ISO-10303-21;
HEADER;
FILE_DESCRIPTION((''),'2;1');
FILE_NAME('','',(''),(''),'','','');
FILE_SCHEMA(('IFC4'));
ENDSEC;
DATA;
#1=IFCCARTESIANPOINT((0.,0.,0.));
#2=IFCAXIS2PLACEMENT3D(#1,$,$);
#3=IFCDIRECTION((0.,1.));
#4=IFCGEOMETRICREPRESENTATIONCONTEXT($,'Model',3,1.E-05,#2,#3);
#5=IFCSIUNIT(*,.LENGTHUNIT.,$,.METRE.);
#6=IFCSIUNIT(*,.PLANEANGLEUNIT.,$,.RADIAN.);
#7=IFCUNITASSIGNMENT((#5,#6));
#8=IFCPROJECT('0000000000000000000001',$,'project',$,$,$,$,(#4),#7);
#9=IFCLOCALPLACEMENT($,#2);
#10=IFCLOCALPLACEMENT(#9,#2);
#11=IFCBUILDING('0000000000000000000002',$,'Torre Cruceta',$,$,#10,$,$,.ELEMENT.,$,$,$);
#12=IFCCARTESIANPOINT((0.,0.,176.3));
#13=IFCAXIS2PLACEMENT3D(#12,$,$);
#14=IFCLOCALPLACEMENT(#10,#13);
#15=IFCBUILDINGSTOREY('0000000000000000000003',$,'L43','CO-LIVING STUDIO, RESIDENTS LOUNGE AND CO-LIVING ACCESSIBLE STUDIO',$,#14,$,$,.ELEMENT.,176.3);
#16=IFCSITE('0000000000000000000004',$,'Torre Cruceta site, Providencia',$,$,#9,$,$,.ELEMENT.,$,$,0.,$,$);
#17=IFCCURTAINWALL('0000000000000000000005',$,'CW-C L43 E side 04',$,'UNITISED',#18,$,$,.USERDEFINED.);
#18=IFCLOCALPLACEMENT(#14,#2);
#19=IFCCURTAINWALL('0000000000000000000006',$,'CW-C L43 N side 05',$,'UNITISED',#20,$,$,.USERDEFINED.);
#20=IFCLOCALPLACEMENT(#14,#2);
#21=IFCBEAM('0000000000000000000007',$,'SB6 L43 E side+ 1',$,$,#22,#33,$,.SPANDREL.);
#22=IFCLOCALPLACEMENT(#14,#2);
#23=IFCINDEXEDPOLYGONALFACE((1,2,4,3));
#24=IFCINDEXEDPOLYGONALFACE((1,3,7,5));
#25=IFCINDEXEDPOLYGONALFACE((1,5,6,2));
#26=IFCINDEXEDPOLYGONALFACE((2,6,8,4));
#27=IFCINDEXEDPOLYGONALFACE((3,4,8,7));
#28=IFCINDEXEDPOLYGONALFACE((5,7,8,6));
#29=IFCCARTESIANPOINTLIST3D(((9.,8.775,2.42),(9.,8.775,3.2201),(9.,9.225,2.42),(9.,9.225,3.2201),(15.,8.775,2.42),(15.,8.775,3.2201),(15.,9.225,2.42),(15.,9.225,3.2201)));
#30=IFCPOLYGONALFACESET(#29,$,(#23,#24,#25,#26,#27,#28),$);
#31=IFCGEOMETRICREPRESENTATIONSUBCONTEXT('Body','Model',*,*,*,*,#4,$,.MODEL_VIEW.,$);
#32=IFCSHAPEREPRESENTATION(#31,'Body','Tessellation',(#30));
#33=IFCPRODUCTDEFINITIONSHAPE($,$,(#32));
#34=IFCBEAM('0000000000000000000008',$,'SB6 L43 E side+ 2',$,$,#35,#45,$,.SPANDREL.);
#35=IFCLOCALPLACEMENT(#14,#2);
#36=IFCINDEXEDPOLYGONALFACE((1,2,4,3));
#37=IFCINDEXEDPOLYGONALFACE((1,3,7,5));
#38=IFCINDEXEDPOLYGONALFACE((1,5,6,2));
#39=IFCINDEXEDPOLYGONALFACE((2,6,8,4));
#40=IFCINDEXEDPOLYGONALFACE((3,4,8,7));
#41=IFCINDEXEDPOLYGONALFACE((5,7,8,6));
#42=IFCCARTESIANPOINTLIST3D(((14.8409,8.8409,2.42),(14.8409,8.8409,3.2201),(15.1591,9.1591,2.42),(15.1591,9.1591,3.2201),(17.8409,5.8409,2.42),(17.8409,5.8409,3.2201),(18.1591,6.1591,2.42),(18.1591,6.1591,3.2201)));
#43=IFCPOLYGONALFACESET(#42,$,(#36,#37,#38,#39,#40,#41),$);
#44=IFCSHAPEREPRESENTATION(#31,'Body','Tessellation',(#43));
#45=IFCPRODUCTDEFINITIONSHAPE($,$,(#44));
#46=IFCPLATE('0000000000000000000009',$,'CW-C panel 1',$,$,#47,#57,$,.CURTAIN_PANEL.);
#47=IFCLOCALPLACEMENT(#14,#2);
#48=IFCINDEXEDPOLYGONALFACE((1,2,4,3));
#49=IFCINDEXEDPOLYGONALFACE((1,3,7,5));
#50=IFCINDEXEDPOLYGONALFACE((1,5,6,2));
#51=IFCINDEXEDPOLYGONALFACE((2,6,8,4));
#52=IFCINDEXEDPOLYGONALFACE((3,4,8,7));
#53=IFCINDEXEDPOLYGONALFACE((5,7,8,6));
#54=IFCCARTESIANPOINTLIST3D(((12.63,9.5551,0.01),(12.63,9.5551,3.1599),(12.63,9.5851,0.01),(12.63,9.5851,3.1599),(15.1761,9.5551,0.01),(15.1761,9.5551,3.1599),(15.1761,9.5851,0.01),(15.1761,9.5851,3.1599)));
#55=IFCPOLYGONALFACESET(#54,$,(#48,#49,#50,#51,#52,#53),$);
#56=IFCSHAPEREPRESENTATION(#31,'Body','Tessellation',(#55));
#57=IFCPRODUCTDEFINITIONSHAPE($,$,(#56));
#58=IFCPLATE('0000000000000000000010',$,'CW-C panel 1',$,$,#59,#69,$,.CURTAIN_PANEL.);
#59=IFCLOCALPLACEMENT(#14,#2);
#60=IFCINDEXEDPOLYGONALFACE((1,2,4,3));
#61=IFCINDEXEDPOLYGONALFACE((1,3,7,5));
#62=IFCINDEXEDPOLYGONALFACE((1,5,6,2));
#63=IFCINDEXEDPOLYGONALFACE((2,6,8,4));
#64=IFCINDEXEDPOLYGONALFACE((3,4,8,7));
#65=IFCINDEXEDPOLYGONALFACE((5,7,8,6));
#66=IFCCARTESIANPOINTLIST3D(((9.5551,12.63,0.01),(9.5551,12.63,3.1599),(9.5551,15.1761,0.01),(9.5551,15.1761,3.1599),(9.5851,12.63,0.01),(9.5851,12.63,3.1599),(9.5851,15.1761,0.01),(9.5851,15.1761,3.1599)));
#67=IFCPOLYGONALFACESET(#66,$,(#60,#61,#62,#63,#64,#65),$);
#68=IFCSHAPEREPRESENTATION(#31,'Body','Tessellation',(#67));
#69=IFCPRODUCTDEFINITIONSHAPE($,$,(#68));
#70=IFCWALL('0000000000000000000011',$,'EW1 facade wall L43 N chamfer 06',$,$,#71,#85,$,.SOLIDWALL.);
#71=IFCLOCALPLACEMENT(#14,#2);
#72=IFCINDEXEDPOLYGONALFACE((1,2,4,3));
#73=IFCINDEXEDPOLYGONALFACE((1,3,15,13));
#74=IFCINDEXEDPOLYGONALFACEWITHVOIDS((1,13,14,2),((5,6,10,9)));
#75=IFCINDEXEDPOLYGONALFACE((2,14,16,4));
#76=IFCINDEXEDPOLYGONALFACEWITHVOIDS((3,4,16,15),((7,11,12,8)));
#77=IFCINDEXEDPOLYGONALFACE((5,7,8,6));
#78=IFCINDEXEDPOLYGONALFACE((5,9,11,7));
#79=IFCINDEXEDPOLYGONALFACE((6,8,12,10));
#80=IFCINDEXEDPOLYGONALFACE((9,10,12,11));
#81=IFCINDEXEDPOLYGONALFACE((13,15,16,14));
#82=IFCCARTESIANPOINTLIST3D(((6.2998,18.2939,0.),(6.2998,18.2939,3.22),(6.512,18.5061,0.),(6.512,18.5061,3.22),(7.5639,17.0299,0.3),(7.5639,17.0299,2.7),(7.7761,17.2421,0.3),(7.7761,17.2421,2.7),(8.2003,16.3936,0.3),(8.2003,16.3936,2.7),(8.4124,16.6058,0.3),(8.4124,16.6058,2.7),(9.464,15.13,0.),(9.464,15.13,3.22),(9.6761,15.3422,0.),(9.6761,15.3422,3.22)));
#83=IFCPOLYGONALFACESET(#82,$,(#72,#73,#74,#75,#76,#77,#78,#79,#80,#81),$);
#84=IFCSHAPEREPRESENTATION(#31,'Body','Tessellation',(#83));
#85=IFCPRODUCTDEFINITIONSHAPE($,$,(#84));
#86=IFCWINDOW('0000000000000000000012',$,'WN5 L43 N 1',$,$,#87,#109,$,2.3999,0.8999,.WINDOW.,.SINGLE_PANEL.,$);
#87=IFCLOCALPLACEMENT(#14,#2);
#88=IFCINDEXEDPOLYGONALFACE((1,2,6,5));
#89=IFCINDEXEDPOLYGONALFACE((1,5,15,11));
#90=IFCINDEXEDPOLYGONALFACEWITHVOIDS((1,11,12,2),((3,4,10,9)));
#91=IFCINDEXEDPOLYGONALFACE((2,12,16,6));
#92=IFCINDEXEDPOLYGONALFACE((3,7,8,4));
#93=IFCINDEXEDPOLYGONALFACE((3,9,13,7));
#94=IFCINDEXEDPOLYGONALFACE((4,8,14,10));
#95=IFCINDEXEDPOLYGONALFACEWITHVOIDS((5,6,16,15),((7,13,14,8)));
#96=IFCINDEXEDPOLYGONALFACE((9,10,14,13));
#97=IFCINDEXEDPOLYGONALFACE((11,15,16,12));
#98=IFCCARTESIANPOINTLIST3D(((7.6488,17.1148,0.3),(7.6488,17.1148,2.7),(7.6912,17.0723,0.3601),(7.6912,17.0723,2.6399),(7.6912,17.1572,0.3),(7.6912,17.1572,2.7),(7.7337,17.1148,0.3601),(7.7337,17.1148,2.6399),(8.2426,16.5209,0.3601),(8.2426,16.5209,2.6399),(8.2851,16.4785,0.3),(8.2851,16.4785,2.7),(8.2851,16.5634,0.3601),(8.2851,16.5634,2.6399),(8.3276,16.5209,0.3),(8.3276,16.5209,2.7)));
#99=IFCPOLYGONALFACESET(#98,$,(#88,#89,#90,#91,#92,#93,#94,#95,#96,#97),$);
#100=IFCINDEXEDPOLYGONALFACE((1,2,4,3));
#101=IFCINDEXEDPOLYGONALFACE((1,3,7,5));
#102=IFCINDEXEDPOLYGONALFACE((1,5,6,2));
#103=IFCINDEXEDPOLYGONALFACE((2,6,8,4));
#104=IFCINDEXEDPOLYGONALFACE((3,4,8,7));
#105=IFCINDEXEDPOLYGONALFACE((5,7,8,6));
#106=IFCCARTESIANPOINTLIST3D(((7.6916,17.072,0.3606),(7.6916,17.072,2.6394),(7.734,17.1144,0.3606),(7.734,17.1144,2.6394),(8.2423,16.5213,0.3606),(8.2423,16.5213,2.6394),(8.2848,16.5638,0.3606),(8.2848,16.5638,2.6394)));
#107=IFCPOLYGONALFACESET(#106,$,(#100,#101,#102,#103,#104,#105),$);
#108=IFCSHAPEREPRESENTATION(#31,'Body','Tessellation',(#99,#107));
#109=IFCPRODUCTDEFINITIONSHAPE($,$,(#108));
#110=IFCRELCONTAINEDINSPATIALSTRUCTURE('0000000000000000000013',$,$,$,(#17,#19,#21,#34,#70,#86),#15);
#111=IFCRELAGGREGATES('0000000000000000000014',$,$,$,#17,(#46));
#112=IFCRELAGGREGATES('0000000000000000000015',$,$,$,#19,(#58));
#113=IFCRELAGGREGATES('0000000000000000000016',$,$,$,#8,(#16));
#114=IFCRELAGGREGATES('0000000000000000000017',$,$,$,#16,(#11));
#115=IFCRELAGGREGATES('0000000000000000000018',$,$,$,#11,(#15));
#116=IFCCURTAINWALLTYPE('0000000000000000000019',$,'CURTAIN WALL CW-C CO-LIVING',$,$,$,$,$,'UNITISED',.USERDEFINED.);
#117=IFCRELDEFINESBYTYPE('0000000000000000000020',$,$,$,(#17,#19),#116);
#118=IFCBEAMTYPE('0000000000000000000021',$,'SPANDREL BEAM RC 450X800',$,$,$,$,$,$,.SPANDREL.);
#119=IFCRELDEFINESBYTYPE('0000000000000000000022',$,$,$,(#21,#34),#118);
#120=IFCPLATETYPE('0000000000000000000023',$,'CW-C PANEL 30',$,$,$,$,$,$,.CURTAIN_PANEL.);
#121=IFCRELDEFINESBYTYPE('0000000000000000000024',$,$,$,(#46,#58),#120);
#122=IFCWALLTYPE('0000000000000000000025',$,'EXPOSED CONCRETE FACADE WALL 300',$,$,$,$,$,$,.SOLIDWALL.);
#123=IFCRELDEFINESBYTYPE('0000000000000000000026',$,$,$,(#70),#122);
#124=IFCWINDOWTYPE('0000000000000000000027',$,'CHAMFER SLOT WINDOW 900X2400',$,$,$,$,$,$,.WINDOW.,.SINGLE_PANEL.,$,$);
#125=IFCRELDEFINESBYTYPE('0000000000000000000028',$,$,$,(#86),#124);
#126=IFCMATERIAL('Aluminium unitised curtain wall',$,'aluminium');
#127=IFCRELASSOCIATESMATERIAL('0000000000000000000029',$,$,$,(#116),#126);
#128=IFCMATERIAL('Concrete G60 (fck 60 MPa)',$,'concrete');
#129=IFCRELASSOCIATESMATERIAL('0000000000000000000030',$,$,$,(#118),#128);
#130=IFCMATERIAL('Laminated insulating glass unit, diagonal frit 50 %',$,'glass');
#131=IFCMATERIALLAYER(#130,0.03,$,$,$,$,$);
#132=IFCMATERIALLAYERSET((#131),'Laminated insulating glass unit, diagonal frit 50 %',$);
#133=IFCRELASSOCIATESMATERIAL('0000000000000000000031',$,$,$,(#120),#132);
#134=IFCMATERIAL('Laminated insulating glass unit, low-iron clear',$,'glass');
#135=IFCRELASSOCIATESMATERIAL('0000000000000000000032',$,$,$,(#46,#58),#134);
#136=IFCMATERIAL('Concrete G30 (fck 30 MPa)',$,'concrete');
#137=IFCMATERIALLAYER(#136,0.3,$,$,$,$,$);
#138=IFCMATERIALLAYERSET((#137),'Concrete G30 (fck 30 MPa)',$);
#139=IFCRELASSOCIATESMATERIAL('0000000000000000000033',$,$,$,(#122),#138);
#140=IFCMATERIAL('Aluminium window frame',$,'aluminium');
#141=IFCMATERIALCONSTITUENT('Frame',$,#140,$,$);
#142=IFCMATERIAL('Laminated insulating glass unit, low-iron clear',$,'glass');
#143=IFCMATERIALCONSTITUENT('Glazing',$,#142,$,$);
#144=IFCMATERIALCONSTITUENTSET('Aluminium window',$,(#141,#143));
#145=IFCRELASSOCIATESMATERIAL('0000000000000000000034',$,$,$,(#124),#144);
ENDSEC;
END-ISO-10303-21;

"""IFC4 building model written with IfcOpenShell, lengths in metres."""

from ifc_helpers import new_model, si_unit, direction, frame, frame_2d, origin, origin_2d, place, context, subcontext, project, spatial, rectangle, hollow_rectangle, extrude, material, layer, layer_set, constituent, constituent_set, material_profile, profile_set, type_object, element, fill, aggregate, save


model = new_model("IFC4")

# Units and contexts
model_context = context("Model", 3, precision=1e-05, world=origin(), true_north=direction((0.0, 1.0)))
body_context = subcontext(model_context, "Body", "Model", "MODEL_VIEW")
ifc_project = project(units=[si_unit("LENGTHUNIT", "METRE"), si_unit("PLANEANGLEUNIT", "RADIAN")], contexts=[model_context])

# Site, building, storey
site_placement = place(None, origin())
site = spatial("IfcSite", under=ifc_project, at=site_placement, Name="Torre Cruceta site, Providencia", CompositionType="ELEMENT", RefElevation=0.0)
building_placement = place(site_placement, origin())
building = spatial("IfcBuilding", under=site, at=building_placement, Name="Torre Cruceta", CompositionType="ELEMENT")
storey_placement = place(building_placement, frame((0.0, 0.0, 176.3)))
storey = spatial("IfcBuildingStorey", under=building, at=storey_placement, Name="L43", Description="CO-LIVING STUDIO, RESIDENTS LOUNGE AND CO-LIVING ACCESSIBLE STUDIO", CompositionType="ELEMENT", Elevation=176.3)

# Curtain walls
ifc_material_1 = material(Name="Aluminium unitised curtain wall", Category="aluminium")
curtain_wall_type = type_object("IfcCurtainWallType", Name="CURTAIN WALL CW-C CO-LIVING", ElementType="UNITISED", PredefinedType="USERDEFINED", material=ifc_material_1)
curtain_wall_1_placement = place(storey_placement, origin())
curtain_wall_1 = element("IfcCurtainWall", 1, at=curtain_wall_1_placement, inside=storey, type_object=curtain_wall_type, Name="CW-C L43 E side 04", ObjectType="UNITISED", PredefinedType="USERDEFINED")
curtain_wall_2_placement = place(storey_placement, origin())
curtain_wall_2 = element("IfcCurtainWall", 2, at=curtain_wall_2_placement, inside=storey, type_object=curtain_wall_type, Name="CW-C L43 N side 05", ObjectType="UNITISED", PredefinedType="USERDEFINED")

# Beams
ifc_material_2 = material(Name="Concrete G60 (fck 60 MPa)", Category="concrete")
ifc_material_profile_1 = material_profile(ifc_material_2, rectangle(XDim=0.45, YDim=0.8, at=origin_2d()), Name="RC 450X800")
ifc_profile_set_1 = profile_set([ifc_material_profile_1], Name="Concrete G60 (fck 60 MPa)")
beam_type_1 = type_object("IfcBeamType", Name="SPANDREL BEAM RC 450X800", PredefinedType="SPANDREL", material=ifc_profile_set_1)
beam_1_placement = place(storey_placement, frame((9.0, 9.0, 2.8201), z_axis=(1.0, 0.0, 0.0), x_axis=(0.0, 1.0, 0.0)))
element("IfcBeam", 3, at=beam_1_placement, inside=storey, type_object=beam_type_1, Name="SB6 L43 E side+ 1", PredefinedType="SPANDREL", context=body_context, shape_type="SweptSolid", body=[
    extrude(rectangle(XDim=0.45, YDim=0.8, at=origin_2d()), origin(), (0.0, 0.0, 1.0), 6.0),
])
beam_2_placement = place(storey_placement, frame((15.0, 9.0, 2.8201), z_axis=(0.707107, -0.707107, 0.0), x_axis=(0.707107, 0.707107, 0.0)))
element("IfcBeam", 4, at=beam_2_placement, inside=storey, type_object=beam_type_1, Name="SB6 L43 E side+ 2", PredefinedType="SPANDREL", context=body_context, shape_type="SweptSolid", body=[
    extrude(rectangle(XDim=0.45, YDim=0.8, at=origin_2d()), origin(), (0.0, 0.0, 1.0), 4.2427),
])

# Plates
ifc_material_3 = material(Name="Laminated insulating glass unit, low-iron clear", Category="glass")
ifc_material_4 = material(Name="Laminated insulating glass unit, diagonal frit 50 %", Category="glass")
ifc_layer_1 = layer(ifc_material_4, 0.03)
ifc_layer_set_1 = layer_set([ifc_layer_1], Name="Laminated insulating glass unit, diagonal frit 50 %")
plate_type = type_object("IfcPlateType", Name="CW-C PANEL 30", PredefinedType="CURTAIN_PANEL", material=ifc_layer_set_1)
plate_1_placement = place(storey_placement, frame((13.9031, 9.5701, 0.01), z_axis=(0.0, 0.0, 1.0), x_axis=(-1.0, 0.0, 0.0)))
plate_1 = element("IfcPlate", 5, at=plate_1_placement, type_object=plate_type, material=ifc_material_3, Name="CW-C panel 1", PredefinedType="CURTAIN_PANEL", context=body_context, shape_type="SweptSolid", body=[
    extrude(rectangle(XDim=2.5461, YDim=0.03, at=origin_2d()), origin(), (0.0, 0.0, 1.0), 3.1499),
])
aggregate(curtain_wall_1, [plate_1])
plate_2_placement = place(storey_placement, frame((9.5701, 13.9031, 0.01), z_axis=(0.0, 0.0, 1.0), x_axis=(0.0, 1.0, 0.0)))
plate_2 = element("IfcPlate", 6, at=plate_2_placement, type_object=plate_type, material=ifc_material_3, Name="CW-C panel 1", PredefinedType="CURTAIN_PANEL", context=body_context, shape_type="SweptSolid", body=[
    extrude(rectangle(XDim=2.5461, YDim=0.03, at=origin_2d()), origin(), (0.0, 0.0, 1.0), 3.1499),
])
aggregate(curtain_wall_2, [plate_2])

# Wall, opening, window
ifc_material_5 = material(Name="Concrete G30 (fck 30 MPa)", Category="concrete")
ifc_layer_2 = layer(ifc_material_5, 0.3)
ifc_layer_set_2 = layer_set([ifc_layer_2], Name="Concrete G30 (fck 30 MPa)")
wall_type_1 = type_object("IfcWallType", Name="EXPOSED CONCRETE FACADE WALL 300", PredefinedType="SOLIDWALL", material=ifc_layer_set_2)
wall_1_placement = place(storey_placement, frame((9.5701, 15.2361, 0.0), z_axis=(0.0, 0.0, 1.0), x_axis=(-0.707134, 0.707079, 0.0)))
wall_1 = element("IfcWall", 7, at=wall_1_placement, inside=storey, type_object=wall_type_1, Name="EW1 facade wall L43 N chamfer 06", PredefinedType="SOLIDWALL", context=body_context, shape_type="SweptSolid", body=[
    extrude(rectangle(XDim=4.4746, YDim=0.3, at=frame_2d((2.2373, 0.0))), origin(), (0.0, 0.0, 1.0), 3.22),
])
opening_1_placement = place(wall_1_placement, frame((1.7871, 0.0, 0.3)))
opening_1 = element("IfcOpeningElement", 8, at=opening_1_placement, cuts=wall_1, PredefinedType="OPENING", context=body_context, shape_type="SweptSolid", body=[
    extrude(rectangle(XDim=0.8999, YDim=2.3999, at=frame_2d((0.45, 1.2))), frame((0.0, 0.1599, 0.0), z_axis=(0.0, -1.0, 0.0), x_axis=(1.0, 0.0, 0.0)), (0.0, 0.0, 1.0), 0.3201),
])
ifc_material_6 = material(Name="Aluminium window frame", Category="aluminium")
ifc_constituent_1 = constituent(ifc_material_6, Name="Frame")
ifc_material_7 = material(Name="Laminated insulating glass unit, low-iron clear", Category="glass")
ifc_constituent_2 = constituent(ifc_material_7, Name="Glazing")
ifc_constituent_set_1 = constituent_set(constituents=[ifc_constituent_1, ifc_constituent_2], Name="Aluminium window")
window_type_1 = type_object("IfcWindowType", Name="CHAMFER SLOT WINDOW 900X2400", PartitioningType="SINGLE_PANEL", PredefinedType="WINDOW", material=ifc_constituent_set_1)
window_1_placement = place(opening_1_placement, origin())
window_1 = element("IfcWindow", 9, at=window_1_placement, inside=storey, type_object=window_type_1, Name="WN5 L43 N 1", OverallHeight=2.3999, OverallWidth=0.8999, PartitioningType="SINGLE_PANEL", PredefinedType="WINDOW", context=body_context, shape_type="SweptSolid", body=[
    extrude(hollow_rectangle(XDim=0.8999, YDim=2.3999, WallThickness=0.0601, at=frame_2d((0.45, 1.2))), frame((0.0, 0.03, 0.0), z_axis=(0.0, -1.0, 0.0), x_axis=(1.0, 0.0, 0.0)), (0.0, 0.0, 1.0), 0.0601),
    extrude(rectangle(XDim=0.7788, YDim=2.2788, at=frame_2d((0.45, 1.2))), frame((0.0, 0.03, 0.0), z_axis=(0.0, -1.0, 0.0), x_axis=(1.0, 0.0, 0.0)), (0.0, 0.0, 1.0), 0.0601),
])
fill(opening_1, window_1)

save(model, "model.ifc")
